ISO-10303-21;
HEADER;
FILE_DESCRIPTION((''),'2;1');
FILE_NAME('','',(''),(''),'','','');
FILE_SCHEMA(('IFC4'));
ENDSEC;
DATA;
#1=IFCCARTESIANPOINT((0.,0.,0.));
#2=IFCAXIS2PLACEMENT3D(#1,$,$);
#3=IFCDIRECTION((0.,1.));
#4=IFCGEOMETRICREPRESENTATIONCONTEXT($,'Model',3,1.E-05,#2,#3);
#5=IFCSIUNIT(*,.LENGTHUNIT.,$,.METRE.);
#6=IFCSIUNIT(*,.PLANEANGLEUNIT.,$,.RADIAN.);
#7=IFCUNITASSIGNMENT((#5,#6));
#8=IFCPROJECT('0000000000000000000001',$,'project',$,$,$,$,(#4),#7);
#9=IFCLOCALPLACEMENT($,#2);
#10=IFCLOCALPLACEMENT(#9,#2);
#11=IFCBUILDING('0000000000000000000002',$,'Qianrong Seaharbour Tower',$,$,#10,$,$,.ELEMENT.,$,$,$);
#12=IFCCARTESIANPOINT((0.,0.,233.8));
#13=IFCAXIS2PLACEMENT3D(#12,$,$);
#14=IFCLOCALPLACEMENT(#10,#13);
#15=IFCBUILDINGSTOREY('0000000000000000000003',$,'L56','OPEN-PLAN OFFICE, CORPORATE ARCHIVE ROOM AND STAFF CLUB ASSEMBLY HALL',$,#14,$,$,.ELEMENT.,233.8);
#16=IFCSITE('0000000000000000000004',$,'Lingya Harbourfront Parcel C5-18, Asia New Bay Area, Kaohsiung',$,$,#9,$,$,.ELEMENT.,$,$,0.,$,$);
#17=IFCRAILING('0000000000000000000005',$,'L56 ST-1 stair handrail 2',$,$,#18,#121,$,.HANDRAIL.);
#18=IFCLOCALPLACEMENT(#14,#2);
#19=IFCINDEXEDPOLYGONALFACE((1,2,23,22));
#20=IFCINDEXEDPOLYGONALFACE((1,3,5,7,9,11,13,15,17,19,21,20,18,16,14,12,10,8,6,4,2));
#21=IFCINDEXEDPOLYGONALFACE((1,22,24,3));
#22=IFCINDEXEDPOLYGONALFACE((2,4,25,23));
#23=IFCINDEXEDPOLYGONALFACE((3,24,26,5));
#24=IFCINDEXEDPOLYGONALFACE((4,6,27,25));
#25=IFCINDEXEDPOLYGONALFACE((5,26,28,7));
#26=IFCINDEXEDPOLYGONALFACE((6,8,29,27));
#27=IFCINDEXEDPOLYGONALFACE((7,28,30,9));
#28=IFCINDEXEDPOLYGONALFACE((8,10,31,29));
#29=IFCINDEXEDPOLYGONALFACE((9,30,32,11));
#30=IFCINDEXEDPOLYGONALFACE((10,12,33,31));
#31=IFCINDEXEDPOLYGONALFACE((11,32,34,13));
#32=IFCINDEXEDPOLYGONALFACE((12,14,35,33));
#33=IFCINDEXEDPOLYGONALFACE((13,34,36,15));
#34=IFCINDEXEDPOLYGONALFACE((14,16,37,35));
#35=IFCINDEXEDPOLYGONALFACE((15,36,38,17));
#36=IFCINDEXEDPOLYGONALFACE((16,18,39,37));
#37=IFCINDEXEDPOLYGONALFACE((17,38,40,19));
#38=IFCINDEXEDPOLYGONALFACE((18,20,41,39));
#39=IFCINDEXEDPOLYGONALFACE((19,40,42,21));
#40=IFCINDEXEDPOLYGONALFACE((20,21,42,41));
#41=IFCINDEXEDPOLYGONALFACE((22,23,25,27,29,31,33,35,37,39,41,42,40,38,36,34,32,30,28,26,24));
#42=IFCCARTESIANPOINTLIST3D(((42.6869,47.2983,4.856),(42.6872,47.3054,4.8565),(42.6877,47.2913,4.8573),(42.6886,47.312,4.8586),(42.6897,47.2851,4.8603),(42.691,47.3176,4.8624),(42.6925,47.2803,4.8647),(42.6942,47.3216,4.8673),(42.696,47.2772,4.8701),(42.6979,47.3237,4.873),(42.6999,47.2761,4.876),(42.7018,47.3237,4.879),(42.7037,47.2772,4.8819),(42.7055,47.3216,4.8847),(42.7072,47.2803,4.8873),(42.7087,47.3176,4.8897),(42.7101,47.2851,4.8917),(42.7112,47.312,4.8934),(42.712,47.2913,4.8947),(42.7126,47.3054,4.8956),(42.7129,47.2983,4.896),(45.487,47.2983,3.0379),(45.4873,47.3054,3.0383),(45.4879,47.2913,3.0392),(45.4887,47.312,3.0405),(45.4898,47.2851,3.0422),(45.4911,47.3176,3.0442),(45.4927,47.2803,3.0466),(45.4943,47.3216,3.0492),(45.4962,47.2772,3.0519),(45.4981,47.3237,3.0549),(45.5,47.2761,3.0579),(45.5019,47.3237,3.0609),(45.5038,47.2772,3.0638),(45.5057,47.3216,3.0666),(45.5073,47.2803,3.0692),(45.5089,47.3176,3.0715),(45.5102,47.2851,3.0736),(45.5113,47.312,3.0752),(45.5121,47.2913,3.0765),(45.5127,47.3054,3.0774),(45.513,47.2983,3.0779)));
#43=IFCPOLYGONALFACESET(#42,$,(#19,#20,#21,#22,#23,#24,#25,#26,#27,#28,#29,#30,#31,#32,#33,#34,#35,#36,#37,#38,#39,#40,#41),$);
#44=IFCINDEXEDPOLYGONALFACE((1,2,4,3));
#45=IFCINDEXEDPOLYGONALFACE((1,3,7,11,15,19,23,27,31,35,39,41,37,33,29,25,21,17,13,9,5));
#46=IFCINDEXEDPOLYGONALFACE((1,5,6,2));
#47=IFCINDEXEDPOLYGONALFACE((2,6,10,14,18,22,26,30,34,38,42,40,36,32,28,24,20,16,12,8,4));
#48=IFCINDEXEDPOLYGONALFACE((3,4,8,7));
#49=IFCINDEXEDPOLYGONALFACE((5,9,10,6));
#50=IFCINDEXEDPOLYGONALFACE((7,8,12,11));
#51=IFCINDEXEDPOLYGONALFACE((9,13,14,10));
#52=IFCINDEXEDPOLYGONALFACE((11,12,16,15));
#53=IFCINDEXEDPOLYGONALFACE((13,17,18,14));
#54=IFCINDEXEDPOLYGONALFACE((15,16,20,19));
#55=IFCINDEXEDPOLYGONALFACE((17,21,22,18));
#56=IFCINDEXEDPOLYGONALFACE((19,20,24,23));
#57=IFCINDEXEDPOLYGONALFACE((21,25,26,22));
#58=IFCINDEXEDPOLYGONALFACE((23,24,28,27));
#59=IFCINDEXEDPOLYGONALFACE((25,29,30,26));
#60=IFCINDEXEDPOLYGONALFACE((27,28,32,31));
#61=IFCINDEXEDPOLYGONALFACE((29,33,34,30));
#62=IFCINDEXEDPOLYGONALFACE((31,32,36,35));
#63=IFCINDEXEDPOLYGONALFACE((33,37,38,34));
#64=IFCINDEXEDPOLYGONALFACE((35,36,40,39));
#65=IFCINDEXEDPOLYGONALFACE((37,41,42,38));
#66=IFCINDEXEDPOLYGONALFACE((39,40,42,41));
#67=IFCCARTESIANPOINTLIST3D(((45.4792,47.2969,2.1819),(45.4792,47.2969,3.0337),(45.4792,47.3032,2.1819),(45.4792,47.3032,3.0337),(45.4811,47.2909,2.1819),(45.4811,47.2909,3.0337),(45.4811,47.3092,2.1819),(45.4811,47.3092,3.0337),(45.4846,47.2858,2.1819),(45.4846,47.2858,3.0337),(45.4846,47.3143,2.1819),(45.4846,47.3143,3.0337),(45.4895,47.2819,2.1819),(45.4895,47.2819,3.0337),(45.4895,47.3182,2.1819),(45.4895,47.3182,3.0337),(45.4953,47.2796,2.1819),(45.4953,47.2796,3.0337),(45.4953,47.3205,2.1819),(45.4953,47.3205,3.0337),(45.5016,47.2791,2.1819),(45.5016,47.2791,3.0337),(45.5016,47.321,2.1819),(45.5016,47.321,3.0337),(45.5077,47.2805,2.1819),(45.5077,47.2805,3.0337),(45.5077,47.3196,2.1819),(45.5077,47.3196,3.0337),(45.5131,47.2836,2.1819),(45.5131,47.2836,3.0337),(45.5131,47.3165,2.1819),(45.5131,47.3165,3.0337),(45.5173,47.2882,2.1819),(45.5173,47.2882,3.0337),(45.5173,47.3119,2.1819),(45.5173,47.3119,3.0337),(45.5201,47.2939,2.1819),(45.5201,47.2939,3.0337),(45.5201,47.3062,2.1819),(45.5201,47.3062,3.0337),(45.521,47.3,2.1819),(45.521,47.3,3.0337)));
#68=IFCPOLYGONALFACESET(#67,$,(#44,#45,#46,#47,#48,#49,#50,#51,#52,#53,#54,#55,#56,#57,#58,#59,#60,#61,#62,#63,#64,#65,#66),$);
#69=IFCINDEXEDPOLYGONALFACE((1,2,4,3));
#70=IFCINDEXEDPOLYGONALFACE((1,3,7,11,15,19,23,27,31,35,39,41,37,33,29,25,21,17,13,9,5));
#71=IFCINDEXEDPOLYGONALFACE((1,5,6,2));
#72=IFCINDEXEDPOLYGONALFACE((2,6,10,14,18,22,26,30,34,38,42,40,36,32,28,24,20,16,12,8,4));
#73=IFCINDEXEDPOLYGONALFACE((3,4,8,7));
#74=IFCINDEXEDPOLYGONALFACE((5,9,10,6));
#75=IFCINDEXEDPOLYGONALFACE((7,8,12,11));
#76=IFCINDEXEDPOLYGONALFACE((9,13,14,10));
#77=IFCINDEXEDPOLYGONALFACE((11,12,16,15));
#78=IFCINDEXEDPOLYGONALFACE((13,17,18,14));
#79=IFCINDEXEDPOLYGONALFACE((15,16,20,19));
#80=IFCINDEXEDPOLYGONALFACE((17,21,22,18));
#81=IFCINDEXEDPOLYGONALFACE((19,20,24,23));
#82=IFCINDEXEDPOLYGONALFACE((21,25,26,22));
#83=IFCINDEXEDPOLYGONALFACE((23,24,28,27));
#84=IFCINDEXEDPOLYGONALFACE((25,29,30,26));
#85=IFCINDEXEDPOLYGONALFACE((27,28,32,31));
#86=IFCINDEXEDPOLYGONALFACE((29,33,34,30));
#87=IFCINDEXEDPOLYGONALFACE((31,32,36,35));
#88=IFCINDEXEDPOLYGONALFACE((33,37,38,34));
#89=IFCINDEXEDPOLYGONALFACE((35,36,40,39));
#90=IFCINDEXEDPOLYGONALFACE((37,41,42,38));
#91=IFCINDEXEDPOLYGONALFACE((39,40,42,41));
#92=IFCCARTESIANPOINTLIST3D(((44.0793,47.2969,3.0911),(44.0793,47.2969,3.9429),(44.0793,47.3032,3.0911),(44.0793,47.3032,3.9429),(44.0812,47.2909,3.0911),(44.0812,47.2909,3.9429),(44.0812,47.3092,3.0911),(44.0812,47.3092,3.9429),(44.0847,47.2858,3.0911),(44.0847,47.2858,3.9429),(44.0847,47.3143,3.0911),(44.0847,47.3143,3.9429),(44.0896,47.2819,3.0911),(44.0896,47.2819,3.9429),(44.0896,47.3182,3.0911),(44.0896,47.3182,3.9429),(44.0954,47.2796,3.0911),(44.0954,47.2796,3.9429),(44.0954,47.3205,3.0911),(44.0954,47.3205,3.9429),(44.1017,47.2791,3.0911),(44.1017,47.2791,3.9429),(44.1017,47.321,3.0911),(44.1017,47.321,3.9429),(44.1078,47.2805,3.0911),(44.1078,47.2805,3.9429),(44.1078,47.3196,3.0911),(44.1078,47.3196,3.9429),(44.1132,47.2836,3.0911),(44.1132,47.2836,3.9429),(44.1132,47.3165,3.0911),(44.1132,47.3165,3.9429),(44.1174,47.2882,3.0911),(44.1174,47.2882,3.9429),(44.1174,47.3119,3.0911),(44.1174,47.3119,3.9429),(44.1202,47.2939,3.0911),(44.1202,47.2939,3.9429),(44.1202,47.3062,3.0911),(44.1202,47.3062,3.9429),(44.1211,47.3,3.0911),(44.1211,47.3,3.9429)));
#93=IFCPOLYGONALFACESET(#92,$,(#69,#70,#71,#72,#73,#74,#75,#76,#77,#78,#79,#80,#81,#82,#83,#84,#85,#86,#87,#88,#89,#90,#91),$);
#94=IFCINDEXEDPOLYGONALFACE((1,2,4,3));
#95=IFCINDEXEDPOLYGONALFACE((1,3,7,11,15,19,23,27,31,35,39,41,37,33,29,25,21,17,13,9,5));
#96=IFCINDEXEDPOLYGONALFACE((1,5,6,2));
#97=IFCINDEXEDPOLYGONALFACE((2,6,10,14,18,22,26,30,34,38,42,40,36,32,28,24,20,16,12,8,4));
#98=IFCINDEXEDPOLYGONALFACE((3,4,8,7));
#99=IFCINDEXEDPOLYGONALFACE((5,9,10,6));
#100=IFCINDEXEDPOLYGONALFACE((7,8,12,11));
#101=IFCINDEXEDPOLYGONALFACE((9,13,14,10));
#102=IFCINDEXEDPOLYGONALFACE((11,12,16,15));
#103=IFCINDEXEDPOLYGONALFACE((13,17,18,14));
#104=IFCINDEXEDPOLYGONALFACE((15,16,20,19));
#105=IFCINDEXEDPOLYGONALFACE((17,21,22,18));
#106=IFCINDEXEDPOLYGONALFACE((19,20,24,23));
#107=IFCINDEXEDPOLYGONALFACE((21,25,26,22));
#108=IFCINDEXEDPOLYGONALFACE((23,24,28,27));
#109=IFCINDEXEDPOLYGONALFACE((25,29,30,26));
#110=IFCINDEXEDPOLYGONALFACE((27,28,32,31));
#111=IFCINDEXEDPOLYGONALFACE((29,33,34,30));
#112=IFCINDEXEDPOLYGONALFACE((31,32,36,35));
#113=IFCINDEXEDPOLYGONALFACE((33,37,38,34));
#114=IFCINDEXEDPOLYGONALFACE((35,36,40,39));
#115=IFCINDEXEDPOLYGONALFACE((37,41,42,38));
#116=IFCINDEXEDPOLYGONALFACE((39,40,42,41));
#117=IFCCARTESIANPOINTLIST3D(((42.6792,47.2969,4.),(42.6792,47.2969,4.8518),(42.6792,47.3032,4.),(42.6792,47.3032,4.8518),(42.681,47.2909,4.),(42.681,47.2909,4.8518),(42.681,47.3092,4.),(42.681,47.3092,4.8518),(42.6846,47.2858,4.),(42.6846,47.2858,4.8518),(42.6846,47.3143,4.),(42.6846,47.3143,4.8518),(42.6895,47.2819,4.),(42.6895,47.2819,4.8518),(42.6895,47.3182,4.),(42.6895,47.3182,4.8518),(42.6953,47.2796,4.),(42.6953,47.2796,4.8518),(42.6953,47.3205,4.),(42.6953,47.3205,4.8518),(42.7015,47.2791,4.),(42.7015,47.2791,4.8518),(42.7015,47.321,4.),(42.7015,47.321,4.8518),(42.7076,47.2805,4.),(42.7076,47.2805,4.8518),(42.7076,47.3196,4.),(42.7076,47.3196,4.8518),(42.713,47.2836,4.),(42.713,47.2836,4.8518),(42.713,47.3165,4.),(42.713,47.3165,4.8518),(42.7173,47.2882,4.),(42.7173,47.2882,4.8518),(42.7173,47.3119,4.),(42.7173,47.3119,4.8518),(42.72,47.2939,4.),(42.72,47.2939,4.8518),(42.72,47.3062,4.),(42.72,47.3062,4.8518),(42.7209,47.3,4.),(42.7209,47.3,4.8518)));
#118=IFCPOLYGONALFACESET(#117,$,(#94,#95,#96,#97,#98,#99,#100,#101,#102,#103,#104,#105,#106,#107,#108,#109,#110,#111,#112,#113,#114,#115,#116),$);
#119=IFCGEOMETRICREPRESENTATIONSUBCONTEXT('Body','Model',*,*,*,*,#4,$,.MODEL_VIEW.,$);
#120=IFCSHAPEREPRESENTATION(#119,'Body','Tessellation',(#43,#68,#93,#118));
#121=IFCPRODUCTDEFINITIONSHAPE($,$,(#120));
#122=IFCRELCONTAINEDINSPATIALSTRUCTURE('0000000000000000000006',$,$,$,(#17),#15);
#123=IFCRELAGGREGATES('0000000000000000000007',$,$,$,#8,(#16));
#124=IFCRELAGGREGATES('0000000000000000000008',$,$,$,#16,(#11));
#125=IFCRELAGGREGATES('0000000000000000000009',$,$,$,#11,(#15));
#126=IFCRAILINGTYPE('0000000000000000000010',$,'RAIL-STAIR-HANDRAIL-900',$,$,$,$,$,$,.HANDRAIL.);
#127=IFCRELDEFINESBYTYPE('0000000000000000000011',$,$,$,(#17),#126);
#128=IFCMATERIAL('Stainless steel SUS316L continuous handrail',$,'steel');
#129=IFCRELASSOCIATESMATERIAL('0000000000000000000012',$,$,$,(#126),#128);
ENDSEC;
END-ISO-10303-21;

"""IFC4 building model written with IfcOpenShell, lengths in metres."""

from ifc_helpers import new_model, si_unit, direction, frame, origin, origin_2d, place, context, subcontext, project, spatial, circle, extrude, material, type_object, element, save


model = new_model("IFC4")

# Units and contexts
model_context = context("Model", 3, precision=1e-05, world=origin(), true_north=direction((0.0, 1.0)))
body_context = subcontext(model_context, "Body", "Model", "MODEL_VIEW")
ifc_project = project(units=[si_unit("LENGTHUNIT", "METRE"), si_unit("PLANEANGLEUNIT", "RADIAN")], contexts=[model_context])

# Site, building, storey
site_placement = place(None, origin())
site = spatial("IfcSite", under=ifc_project, at=site_placement, Name="Lingya Harbourfront Parcel C5-18, Asia New Bay Area, Kaohsiung", CompositionType="ELEMENT", RefElevation=0.0)
building_placement = place(site_placement, origin())
building = spatial("IfcBuilding", under=site, at=building_placement, Name="Qianrong Seaharbour Tower", CompositionType="ELEMENT")
storey_placement = place(building_placement, frame((0.0, 0.0, 233.8)))
storey = spatial("IfcBuildingStorey", under=building, at=storey_placement, Name="L56", Description="OPEN-PLAN OFFICE, CORPORATE ARCHIVE ROOM AND STAFF CLUB ASSEMBLY HALL", CompositionType="ELEMENT", Elevation=233.8)

# Railing
ifc_material_1 = material(Name="Stainless steel SUS316L continuous handrail", Category="steel")
railing_type_1 = type_object("IfcRailingType", Name="RAIL-STAIR-HANDRAIL-900", PredefinedType="HANDRAIL", material=ifc_material_1)
railing_1_placement = place(storey_placement, frame((45.5, 47.3, 2.1819)))
element("IfcRailing", 1, at=railing_1_placement, inside=storey, type_object=railing_type_1, Name="L56 ST-1 stair handrail 2", PredefinedType="HANDRAIL", context=body_context, shape_type="SweptSolid", body=[
    extrude(circle(Radius=0.0239, at=origin_2d()), frame((0.0, 0.0, 0.876), z_axis=(-0.838706, 0.0, 0.544585), x_axis=(0.0, -1.0, 0.0)), (0.0, 0.0, 1.0), 3.3386),
    extrude(circle(Radius=0.021, at=origin_2d()), origin(), (0.0, 0.0, 1.0), 0.8518),
    extrude(circle(Radius=0.021, at=origin_2d()), frame((-1.3999, 0.0, 0.9092)), (0.0, 0.0, 1.0), 0.8518),
    extrude(circle(Radius=0.021, at=origin_2d()), frame((-2.8, 0.0, 1.8181)), (0.0, 0.0, 1.0), 0.8518),
])

save(model, "model.ifc")
